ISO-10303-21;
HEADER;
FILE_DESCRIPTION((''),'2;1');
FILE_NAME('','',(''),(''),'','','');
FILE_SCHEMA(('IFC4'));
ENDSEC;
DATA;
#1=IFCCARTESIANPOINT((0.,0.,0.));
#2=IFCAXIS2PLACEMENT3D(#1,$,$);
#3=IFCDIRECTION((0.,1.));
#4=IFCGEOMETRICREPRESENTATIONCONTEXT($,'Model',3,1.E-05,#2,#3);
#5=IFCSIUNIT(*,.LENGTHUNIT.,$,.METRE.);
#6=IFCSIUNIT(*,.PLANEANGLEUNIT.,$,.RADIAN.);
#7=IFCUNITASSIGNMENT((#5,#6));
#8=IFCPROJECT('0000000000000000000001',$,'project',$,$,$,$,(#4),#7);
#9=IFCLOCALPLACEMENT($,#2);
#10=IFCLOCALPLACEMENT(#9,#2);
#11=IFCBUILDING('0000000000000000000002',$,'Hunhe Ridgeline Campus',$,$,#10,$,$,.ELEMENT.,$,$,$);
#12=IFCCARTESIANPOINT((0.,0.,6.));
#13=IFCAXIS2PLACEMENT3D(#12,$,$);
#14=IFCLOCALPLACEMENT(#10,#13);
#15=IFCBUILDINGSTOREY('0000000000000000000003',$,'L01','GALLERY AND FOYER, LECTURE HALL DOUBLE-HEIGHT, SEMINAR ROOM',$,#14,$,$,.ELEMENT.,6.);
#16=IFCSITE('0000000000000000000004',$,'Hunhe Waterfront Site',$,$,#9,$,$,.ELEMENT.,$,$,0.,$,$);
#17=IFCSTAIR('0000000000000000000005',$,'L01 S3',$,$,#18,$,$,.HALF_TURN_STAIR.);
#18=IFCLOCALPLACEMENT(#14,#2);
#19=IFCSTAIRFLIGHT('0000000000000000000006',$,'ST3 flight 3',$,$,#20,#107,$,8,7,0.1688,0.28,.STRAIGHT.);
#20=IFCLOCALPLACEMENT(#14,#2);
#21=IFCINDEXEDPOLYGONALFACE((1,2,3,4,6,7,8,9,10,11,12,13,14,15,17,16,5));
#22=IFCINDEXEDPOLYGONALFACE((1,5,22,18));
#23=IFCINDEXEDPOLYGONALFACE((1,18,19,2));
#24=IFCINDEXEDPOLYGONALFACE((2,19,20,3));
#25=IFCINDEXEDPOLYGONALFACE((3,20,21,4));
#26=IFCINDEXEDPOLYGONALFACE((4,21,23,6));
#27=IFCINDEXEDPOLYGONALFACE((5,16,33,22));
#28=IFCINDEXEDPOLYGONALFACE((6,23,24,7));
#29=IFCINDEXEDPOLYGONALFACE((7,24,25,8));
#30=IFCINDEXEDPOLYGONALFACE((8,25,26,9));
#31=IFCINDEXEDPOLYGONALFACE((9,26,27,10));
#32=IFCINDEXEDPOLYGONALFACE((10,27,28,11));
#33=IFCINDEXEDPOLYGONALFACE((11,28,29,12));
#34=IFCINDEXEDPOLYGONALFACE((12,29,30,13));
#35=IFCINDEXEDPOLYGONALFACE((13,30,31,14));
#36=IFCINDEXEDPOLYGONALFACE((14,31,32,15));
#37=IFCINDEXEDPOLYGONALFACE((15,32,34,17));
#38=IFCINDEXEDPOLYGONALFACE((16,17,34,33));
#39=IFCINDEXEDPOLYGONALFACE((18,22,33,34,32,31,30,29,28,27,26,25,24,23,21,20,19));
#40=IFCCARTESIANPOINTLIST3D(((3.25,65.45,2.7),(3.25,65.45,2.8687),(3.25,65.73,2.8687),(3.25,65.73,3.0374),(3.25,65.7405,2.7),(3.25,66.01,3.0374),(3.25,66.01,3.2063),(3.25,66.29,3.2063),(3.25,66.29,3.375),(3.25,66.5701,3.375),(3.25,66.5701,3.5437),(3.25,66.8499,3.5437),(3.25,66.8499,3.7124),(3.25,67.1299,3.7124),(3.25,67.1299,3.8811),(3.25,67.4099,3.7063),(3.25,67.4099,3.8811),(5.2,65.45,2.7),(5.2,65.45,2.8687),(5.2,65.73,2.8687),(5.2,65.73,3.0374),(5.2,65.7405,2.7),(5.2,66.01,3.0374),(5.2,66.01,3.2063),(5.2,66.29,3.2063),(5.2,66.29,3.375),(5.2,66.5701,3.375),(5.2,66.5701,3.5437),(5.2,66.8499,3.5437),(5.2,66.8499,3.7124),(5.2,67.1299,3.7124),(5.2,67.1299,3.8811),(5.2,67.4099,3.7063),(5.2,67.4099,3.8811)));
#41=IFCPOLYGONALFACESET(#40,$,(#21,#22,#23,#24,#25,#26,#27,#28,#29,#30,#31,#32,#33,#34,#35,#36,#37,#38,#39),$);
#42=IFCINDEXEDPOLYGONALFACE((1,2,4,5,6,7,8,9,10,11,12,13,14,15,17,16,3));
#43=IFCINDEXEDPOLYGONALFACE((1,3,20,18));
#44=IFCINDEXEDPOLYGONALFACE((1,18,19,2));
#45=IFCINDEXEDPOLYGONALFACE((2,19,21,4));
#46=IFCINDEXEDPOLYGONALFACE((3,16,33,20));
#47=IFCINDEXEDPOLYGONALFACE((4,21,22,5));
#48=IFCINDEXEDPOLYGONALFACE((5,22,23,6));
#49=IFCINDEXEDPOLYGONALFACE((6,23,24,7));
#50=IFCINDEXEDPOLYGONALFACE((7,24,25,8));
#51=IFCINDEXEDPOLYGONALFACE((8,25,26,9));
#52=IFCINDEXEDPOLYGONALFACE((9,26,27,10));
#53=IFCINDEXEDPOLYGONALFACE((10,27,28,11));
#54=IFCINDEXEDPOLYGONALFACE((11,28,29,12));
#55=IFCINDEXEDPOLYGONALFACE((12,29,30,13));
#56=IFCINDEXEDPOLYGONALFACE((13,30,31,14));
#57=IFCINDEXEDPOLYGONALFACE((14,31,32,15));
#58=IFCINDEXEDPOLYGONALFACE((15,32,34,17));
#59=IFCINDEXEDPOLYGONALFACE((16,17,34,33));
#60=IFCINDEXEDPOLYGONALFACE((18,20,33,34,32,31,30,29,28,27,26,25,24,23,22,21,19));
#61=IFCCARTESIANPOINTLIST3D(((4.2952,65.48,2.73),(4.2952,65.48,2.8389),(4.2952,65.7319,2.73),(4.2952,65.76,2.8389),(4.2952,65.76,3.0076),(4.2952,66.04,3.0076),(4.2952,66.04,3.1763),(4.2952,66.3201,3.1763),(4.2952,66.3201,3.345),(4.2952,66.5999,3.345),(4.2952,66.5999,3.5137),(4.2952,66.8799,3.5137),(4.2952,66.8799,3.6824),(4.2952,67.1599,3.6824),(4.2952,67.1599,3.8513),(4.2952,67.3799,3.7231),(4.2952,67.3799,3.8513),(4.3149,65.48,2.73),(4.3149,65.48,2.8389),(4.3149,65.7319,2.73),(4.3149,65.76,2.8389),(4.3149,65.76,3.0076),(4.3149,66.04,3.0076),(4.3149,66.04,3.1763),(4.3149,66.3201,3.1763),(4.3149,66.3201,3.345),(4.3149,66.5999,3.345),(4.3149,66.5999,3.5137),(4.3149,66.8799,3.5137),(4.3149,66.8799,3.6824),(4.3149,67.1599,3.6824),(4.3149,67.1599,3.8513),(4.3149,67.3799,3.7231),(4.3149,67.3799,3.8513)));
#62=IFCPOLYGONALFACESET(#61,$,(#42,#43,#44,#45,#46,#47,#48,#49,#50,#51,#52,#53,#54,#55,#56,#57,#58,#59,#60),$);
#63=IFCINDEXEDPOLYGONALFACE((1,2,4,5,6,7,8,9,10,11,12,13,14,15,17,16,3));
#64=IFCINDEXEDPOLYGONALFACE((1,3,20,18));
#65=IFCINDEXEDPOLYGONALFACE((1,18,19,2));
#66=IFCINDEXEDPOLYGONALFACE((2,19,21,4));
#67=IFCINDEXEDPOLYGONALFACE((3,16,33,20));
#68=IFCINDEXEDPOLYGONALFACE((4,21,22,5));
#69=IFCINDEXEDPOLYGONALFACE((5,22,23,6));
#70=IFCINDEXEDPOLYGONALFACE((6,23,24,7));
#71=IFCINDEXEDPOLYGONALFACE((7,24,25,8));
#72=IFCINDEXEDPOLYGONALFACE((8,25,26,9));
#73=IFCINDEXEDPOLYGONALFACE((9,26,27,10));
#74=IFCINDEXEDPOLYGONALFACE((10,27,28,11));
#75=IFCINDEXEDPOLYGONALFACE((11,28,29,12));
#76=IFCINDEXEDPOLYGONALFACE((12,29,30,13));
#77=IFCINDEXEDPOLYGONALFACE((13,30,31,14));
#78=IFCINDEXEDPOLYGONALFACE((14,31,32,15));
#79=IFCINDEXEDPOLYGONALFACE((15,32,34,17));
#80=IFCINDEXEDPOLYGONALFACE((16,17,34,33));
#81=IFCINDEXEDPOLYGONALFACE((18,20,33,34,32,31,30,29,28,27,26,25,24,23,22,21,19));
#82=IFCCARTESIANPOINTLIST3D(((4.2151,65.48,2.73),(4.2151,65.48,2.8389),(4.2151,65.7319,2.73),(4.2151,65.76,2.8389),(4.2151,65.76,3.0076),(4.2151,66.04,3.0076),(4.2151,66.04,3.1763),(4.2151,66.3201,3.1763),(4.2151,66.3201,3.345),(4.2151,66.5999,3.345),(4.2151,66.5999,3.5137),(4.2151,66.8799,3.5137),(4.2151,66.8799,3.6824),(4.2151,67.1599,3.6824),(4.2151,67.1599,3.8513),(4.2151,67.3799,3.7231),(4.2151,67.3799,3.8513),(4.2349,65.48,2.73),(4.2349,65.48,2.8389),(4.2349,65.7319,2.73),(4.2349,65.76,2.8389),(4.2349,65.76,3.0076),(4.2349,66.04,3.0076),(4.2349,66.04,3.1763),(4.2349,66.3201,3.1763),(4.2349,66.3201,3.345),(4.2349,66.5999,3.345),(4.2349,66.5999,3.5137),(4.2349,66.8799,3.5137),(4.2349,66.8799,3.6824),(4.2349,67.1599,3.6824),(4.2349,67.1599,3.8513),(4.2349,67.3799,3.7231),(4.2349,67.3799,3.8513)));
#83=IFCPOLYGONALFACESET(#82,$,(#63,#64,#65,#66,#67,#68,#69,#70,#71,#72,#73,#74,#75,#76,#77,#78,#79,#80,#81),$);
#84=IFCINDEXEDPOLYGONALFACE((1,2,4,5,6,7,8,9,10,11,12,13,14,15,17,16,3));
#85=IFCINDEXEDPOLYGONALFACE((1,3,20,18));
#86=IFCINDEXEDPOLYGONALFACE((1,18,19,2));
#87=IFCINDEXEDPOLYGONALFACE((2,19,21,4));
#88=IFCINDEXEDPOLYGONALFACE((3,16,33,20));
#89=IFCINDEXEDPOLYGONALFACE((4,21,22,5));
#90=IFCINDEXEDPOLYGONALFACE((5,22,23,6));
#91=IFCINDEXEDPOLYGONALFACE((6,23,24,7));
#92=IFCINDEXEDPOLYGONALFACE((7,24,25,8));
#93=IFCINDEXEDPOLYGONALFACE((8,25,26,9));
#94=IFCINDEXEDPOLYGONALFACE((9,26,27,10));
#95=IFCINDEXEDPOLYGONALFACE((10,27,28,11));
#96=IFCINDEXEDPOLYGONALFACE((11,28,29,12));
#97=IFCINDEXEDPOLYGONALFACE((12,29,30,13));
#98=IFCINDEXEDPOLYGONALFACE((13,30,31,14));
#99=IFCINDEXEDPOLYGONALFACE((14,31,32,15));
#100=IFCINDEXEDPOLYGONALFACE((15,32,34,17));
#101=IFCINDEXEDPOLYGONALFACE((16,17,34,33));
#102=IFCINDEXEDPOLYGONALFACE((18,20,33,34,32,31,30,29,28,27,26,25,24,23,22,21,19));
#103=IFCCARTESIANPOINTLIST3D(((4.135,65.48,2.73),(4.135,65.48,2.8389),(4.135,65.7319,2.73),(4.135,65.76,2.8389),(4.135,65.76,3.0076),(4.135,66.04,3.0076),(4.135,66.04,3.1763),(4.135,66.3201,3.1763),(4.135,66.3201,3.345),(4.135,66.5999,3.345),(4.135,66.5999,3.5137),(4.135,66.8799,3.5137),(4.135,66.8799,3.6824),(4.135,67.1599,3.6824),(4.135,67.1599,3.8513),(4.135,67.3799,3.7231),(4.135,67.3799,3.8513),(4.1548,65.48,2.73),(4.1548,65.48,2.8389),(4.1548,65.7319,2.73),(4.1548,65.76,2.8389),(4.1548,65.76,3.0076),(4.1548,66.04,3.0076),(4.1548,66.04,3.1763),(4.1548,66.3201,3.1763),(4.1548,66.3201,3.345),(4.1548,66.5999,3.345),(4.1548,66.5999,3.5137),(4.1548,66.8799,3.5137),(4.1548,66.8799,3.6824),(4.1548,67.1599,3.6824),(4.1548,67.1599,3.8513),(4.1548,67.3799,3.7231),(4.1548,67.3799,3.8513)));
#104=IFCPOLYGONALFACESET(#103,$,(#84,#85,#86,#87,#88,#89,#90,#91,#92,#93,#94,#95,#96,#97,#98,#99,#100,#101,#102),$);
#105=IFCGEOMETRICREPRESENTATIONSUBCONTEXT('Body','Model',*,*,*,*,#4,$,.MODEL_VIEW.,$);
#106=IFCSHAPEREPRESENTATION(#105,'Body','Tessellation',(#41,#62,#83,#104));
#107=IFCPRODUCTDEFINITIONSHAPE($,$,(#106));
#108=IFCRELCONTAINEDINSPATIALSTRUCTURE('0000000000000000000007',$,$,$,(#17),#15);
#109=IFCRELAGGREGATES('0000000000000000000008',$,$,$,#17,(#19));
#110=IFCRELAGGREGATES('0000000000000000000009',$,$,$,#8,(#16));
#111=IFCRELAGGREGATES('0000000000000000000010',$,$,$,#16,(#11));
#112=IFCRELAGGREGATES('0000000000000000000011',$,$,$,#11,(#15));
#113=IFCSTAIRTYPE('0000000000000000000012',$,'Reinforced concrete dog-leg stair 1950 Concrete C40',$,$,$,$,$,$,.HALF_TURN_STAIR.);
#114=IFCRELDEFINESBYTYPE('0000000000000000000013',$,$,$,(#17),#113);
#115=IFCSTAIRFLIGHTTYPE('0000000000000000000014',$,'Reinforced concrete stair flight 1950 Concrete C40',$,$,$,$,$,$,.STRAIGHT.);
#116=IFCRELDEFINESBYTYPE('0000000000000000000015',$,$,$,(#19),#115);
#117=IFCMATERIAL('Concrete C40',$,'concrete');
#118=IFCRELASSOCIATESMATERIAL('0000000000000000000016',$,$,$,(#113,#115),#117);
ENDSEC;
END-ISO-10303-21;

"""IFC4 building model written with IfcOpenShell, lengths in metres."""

from ifc_helpers import new_model, si_unit, direction, frame, origin, place, context, subcontext, project, spatial, polyline, outline, extrude, material, type_object, element, aggregate, save


model = new_model("IFC4")

# Units and contexts
model_context = context("Model", 3, precision=1e-05, world=origin(), true_north=direction((0.0, 1.0)))
body_context = subcontext(model_context, "Body", "Model", "MODEL_VIEW")
ifc_project = project(units=[si_unit("LENGTHUNIT", "METRE"), si_unit("PLANEANGLEUNIT", "RADIAN")], contexts=[model_context])

# Site, building, storey
site_placement = place(None, origin())
site = spatial("IfcSite", under=ifc_project, at=site_placement, Name="Hunhe Waterfront Site", CompositionType="ELEMENT", RefElevation=0.0)
building_placement = place(site_placement, origin())
building = spatial("IfcBuilding", under=site, at=building_placement, Name="Hunhe Ridgeline Campus", CompositionType="ELEMENT")
storey_placement = place(building_placement, frame((0.0, 0.0, 6.0)))
storey = spatial("IfcBuildingStorey", under=building, at=storey_placement, Name="L01", Description="GALLERY AND FOYER, LECTURE HALL DOUBLE-HEIGHT, SEMINAR ROOM", CompositionType="ELEMENT", Elevation=6.0)

# Stair, stair flight
ifc_material_1 = material(Name="Concrete C40", Category="concrete")
stair_type = type_object("IfcStairType", Name="Reinforced concrete dog-leg stair 1950 Concrete C40", PredefinedType="HALF_TURN_STAIR", material=ifc_material_1)
stair_1_placement = place(storey_placement, origin())
stair_1 = element("IfcStair", 1, at=stair_1_placement, inside=storey, type_object=stair_type, Name="L01 S3", PredefinedType="HALF_TURN_STAIR")
stair_flight_type = type_object("IfcStairFlightType", Name="Reinforced concrete stair flight 1950 Concrete C40", PredefinedType="STRAIGHT", material=ifc_material_1)
stair_flight_1_placement = place(storey_placement, frame((4.2251, 65.45, 2.7), z_axis=(0.0, 0.0, 1.0), x_axis=(0.0, 1.0, 0.0)))
stair_flight_1 = element("IfcStairFlight", 2, at=stair_flight_1_placement, type_object=stair_flight_type, Name="ST3 flight 3", NumberOfRisers=8, NumberOfTreads=7, PredefinedType="STRAIGHT", RiserHeight=0.1688, TreadLength=0.28, context=body_context, shape_type="SweptSolid", body=[
    extrude(outline(polyline([(0.0, 0.0), (0.0, 0.1687), (0.28, 0.1687), (0.28, 0.3374), (0.5601, 0.3374), (0.5601, 0.5063), (0.8401, 0.5063), (0.8401, 0.675), (1.1201, 0.675), (1.1201, 0.8438), (1.3999, 0.8438), (1.3999, 1.0125), (1.6799, 1.0125), (1.6799, 1.1812), (1.96, 1.1812), (1.96, 1.3501), (1.96, 1.0063), (0.2905, 0.0), (0.0, 0.0)])), frame((0.0, 0.9751, 0.0), z_axis=(0.0, -1.0, 0.0), x_axis=(1.0, 0.0, 0.0)), (0.0, 0.0, 1.0), 1.95),
    extrude(outline(polyline([(0.03, 0.03), (0.03, 0.1389), (0.3101, 0.1389), (0.3101, 0.3076), (0.5901, 0.3076), (0.5901, 0.4763), (0.8701, 0.4763), (0.8701, 0.645), (1.1499, 0.645), (1.1499, 0.8137), (1.4299, 0.8137), (1.4299, 0.9824), (1.71, 0.9824), (1.71, 1.1514), (1.9299, 1.1514), (1.9299, 1.0232), (0.282, 0.03), (0.03, 0.03)])), frame((0.0, -0.0701, 0.0), z_axis=(0.0, -1.0, 0.0), x_axis=(1.0, 0.0, 0.0)), (0.0, 0.0, 1.0), 0.0198),
    extrude(outline(polyline([(0.03, 0.03), (0.03, 0.1389), (0.3101, 0.1389), (0.3101, 0.3076), (0.5901, 0.3076), (0.5901, 0.4763), (0.8701, 0.4763), (0.8701, 0.645), (1.1499, 0.645), (1.1499, 0.8137), (1.4299, 0.8137), (1.4299, 0.9824), (1.71, 0.9824), (1.71, 1.1514), (1.9299, 1.1514), (1.9299, 1.0232), (0.282, 0.03), (0.03, 0.03)])), frame((0.0, 0.01, 0.0), z_axis=(0.0, -1.0, 0.0), x_axis=(1.0, 0.0, 0.0)), (0.0, 0.0, 1.0), 0.0198),
    extrude(outline(polyline([(0.03, 0.03), (0.03, 0.1389), (0.3101, 0.1389), (0.3101, 0.3076), (0.5901, 0.3076), (0.5901, 0.4763), (0.8701, 0.4763), (0.8701, 0.645), (1.1499, 0.645), (1.1499, 0.8137), (1.4299, 0.8137), (1.4299, 0.9824), (1.71, 0.9824), (1.71, 1.1514), (1.9299, 1.1514), (1.9299, 1.0232), (0.282, 0.03), (0.03, 0.03)])), frame((0.0, 0.0901, 0.0), z_axis=(0.0, -1.0, 0.0), x_axis=(1.0, 0.0, 0.0)), (0.0, 0.0, 1.0), 0.0198),
])
aggregate(stair_1, [stair_flight_1])

save(model, "model.ifc")
